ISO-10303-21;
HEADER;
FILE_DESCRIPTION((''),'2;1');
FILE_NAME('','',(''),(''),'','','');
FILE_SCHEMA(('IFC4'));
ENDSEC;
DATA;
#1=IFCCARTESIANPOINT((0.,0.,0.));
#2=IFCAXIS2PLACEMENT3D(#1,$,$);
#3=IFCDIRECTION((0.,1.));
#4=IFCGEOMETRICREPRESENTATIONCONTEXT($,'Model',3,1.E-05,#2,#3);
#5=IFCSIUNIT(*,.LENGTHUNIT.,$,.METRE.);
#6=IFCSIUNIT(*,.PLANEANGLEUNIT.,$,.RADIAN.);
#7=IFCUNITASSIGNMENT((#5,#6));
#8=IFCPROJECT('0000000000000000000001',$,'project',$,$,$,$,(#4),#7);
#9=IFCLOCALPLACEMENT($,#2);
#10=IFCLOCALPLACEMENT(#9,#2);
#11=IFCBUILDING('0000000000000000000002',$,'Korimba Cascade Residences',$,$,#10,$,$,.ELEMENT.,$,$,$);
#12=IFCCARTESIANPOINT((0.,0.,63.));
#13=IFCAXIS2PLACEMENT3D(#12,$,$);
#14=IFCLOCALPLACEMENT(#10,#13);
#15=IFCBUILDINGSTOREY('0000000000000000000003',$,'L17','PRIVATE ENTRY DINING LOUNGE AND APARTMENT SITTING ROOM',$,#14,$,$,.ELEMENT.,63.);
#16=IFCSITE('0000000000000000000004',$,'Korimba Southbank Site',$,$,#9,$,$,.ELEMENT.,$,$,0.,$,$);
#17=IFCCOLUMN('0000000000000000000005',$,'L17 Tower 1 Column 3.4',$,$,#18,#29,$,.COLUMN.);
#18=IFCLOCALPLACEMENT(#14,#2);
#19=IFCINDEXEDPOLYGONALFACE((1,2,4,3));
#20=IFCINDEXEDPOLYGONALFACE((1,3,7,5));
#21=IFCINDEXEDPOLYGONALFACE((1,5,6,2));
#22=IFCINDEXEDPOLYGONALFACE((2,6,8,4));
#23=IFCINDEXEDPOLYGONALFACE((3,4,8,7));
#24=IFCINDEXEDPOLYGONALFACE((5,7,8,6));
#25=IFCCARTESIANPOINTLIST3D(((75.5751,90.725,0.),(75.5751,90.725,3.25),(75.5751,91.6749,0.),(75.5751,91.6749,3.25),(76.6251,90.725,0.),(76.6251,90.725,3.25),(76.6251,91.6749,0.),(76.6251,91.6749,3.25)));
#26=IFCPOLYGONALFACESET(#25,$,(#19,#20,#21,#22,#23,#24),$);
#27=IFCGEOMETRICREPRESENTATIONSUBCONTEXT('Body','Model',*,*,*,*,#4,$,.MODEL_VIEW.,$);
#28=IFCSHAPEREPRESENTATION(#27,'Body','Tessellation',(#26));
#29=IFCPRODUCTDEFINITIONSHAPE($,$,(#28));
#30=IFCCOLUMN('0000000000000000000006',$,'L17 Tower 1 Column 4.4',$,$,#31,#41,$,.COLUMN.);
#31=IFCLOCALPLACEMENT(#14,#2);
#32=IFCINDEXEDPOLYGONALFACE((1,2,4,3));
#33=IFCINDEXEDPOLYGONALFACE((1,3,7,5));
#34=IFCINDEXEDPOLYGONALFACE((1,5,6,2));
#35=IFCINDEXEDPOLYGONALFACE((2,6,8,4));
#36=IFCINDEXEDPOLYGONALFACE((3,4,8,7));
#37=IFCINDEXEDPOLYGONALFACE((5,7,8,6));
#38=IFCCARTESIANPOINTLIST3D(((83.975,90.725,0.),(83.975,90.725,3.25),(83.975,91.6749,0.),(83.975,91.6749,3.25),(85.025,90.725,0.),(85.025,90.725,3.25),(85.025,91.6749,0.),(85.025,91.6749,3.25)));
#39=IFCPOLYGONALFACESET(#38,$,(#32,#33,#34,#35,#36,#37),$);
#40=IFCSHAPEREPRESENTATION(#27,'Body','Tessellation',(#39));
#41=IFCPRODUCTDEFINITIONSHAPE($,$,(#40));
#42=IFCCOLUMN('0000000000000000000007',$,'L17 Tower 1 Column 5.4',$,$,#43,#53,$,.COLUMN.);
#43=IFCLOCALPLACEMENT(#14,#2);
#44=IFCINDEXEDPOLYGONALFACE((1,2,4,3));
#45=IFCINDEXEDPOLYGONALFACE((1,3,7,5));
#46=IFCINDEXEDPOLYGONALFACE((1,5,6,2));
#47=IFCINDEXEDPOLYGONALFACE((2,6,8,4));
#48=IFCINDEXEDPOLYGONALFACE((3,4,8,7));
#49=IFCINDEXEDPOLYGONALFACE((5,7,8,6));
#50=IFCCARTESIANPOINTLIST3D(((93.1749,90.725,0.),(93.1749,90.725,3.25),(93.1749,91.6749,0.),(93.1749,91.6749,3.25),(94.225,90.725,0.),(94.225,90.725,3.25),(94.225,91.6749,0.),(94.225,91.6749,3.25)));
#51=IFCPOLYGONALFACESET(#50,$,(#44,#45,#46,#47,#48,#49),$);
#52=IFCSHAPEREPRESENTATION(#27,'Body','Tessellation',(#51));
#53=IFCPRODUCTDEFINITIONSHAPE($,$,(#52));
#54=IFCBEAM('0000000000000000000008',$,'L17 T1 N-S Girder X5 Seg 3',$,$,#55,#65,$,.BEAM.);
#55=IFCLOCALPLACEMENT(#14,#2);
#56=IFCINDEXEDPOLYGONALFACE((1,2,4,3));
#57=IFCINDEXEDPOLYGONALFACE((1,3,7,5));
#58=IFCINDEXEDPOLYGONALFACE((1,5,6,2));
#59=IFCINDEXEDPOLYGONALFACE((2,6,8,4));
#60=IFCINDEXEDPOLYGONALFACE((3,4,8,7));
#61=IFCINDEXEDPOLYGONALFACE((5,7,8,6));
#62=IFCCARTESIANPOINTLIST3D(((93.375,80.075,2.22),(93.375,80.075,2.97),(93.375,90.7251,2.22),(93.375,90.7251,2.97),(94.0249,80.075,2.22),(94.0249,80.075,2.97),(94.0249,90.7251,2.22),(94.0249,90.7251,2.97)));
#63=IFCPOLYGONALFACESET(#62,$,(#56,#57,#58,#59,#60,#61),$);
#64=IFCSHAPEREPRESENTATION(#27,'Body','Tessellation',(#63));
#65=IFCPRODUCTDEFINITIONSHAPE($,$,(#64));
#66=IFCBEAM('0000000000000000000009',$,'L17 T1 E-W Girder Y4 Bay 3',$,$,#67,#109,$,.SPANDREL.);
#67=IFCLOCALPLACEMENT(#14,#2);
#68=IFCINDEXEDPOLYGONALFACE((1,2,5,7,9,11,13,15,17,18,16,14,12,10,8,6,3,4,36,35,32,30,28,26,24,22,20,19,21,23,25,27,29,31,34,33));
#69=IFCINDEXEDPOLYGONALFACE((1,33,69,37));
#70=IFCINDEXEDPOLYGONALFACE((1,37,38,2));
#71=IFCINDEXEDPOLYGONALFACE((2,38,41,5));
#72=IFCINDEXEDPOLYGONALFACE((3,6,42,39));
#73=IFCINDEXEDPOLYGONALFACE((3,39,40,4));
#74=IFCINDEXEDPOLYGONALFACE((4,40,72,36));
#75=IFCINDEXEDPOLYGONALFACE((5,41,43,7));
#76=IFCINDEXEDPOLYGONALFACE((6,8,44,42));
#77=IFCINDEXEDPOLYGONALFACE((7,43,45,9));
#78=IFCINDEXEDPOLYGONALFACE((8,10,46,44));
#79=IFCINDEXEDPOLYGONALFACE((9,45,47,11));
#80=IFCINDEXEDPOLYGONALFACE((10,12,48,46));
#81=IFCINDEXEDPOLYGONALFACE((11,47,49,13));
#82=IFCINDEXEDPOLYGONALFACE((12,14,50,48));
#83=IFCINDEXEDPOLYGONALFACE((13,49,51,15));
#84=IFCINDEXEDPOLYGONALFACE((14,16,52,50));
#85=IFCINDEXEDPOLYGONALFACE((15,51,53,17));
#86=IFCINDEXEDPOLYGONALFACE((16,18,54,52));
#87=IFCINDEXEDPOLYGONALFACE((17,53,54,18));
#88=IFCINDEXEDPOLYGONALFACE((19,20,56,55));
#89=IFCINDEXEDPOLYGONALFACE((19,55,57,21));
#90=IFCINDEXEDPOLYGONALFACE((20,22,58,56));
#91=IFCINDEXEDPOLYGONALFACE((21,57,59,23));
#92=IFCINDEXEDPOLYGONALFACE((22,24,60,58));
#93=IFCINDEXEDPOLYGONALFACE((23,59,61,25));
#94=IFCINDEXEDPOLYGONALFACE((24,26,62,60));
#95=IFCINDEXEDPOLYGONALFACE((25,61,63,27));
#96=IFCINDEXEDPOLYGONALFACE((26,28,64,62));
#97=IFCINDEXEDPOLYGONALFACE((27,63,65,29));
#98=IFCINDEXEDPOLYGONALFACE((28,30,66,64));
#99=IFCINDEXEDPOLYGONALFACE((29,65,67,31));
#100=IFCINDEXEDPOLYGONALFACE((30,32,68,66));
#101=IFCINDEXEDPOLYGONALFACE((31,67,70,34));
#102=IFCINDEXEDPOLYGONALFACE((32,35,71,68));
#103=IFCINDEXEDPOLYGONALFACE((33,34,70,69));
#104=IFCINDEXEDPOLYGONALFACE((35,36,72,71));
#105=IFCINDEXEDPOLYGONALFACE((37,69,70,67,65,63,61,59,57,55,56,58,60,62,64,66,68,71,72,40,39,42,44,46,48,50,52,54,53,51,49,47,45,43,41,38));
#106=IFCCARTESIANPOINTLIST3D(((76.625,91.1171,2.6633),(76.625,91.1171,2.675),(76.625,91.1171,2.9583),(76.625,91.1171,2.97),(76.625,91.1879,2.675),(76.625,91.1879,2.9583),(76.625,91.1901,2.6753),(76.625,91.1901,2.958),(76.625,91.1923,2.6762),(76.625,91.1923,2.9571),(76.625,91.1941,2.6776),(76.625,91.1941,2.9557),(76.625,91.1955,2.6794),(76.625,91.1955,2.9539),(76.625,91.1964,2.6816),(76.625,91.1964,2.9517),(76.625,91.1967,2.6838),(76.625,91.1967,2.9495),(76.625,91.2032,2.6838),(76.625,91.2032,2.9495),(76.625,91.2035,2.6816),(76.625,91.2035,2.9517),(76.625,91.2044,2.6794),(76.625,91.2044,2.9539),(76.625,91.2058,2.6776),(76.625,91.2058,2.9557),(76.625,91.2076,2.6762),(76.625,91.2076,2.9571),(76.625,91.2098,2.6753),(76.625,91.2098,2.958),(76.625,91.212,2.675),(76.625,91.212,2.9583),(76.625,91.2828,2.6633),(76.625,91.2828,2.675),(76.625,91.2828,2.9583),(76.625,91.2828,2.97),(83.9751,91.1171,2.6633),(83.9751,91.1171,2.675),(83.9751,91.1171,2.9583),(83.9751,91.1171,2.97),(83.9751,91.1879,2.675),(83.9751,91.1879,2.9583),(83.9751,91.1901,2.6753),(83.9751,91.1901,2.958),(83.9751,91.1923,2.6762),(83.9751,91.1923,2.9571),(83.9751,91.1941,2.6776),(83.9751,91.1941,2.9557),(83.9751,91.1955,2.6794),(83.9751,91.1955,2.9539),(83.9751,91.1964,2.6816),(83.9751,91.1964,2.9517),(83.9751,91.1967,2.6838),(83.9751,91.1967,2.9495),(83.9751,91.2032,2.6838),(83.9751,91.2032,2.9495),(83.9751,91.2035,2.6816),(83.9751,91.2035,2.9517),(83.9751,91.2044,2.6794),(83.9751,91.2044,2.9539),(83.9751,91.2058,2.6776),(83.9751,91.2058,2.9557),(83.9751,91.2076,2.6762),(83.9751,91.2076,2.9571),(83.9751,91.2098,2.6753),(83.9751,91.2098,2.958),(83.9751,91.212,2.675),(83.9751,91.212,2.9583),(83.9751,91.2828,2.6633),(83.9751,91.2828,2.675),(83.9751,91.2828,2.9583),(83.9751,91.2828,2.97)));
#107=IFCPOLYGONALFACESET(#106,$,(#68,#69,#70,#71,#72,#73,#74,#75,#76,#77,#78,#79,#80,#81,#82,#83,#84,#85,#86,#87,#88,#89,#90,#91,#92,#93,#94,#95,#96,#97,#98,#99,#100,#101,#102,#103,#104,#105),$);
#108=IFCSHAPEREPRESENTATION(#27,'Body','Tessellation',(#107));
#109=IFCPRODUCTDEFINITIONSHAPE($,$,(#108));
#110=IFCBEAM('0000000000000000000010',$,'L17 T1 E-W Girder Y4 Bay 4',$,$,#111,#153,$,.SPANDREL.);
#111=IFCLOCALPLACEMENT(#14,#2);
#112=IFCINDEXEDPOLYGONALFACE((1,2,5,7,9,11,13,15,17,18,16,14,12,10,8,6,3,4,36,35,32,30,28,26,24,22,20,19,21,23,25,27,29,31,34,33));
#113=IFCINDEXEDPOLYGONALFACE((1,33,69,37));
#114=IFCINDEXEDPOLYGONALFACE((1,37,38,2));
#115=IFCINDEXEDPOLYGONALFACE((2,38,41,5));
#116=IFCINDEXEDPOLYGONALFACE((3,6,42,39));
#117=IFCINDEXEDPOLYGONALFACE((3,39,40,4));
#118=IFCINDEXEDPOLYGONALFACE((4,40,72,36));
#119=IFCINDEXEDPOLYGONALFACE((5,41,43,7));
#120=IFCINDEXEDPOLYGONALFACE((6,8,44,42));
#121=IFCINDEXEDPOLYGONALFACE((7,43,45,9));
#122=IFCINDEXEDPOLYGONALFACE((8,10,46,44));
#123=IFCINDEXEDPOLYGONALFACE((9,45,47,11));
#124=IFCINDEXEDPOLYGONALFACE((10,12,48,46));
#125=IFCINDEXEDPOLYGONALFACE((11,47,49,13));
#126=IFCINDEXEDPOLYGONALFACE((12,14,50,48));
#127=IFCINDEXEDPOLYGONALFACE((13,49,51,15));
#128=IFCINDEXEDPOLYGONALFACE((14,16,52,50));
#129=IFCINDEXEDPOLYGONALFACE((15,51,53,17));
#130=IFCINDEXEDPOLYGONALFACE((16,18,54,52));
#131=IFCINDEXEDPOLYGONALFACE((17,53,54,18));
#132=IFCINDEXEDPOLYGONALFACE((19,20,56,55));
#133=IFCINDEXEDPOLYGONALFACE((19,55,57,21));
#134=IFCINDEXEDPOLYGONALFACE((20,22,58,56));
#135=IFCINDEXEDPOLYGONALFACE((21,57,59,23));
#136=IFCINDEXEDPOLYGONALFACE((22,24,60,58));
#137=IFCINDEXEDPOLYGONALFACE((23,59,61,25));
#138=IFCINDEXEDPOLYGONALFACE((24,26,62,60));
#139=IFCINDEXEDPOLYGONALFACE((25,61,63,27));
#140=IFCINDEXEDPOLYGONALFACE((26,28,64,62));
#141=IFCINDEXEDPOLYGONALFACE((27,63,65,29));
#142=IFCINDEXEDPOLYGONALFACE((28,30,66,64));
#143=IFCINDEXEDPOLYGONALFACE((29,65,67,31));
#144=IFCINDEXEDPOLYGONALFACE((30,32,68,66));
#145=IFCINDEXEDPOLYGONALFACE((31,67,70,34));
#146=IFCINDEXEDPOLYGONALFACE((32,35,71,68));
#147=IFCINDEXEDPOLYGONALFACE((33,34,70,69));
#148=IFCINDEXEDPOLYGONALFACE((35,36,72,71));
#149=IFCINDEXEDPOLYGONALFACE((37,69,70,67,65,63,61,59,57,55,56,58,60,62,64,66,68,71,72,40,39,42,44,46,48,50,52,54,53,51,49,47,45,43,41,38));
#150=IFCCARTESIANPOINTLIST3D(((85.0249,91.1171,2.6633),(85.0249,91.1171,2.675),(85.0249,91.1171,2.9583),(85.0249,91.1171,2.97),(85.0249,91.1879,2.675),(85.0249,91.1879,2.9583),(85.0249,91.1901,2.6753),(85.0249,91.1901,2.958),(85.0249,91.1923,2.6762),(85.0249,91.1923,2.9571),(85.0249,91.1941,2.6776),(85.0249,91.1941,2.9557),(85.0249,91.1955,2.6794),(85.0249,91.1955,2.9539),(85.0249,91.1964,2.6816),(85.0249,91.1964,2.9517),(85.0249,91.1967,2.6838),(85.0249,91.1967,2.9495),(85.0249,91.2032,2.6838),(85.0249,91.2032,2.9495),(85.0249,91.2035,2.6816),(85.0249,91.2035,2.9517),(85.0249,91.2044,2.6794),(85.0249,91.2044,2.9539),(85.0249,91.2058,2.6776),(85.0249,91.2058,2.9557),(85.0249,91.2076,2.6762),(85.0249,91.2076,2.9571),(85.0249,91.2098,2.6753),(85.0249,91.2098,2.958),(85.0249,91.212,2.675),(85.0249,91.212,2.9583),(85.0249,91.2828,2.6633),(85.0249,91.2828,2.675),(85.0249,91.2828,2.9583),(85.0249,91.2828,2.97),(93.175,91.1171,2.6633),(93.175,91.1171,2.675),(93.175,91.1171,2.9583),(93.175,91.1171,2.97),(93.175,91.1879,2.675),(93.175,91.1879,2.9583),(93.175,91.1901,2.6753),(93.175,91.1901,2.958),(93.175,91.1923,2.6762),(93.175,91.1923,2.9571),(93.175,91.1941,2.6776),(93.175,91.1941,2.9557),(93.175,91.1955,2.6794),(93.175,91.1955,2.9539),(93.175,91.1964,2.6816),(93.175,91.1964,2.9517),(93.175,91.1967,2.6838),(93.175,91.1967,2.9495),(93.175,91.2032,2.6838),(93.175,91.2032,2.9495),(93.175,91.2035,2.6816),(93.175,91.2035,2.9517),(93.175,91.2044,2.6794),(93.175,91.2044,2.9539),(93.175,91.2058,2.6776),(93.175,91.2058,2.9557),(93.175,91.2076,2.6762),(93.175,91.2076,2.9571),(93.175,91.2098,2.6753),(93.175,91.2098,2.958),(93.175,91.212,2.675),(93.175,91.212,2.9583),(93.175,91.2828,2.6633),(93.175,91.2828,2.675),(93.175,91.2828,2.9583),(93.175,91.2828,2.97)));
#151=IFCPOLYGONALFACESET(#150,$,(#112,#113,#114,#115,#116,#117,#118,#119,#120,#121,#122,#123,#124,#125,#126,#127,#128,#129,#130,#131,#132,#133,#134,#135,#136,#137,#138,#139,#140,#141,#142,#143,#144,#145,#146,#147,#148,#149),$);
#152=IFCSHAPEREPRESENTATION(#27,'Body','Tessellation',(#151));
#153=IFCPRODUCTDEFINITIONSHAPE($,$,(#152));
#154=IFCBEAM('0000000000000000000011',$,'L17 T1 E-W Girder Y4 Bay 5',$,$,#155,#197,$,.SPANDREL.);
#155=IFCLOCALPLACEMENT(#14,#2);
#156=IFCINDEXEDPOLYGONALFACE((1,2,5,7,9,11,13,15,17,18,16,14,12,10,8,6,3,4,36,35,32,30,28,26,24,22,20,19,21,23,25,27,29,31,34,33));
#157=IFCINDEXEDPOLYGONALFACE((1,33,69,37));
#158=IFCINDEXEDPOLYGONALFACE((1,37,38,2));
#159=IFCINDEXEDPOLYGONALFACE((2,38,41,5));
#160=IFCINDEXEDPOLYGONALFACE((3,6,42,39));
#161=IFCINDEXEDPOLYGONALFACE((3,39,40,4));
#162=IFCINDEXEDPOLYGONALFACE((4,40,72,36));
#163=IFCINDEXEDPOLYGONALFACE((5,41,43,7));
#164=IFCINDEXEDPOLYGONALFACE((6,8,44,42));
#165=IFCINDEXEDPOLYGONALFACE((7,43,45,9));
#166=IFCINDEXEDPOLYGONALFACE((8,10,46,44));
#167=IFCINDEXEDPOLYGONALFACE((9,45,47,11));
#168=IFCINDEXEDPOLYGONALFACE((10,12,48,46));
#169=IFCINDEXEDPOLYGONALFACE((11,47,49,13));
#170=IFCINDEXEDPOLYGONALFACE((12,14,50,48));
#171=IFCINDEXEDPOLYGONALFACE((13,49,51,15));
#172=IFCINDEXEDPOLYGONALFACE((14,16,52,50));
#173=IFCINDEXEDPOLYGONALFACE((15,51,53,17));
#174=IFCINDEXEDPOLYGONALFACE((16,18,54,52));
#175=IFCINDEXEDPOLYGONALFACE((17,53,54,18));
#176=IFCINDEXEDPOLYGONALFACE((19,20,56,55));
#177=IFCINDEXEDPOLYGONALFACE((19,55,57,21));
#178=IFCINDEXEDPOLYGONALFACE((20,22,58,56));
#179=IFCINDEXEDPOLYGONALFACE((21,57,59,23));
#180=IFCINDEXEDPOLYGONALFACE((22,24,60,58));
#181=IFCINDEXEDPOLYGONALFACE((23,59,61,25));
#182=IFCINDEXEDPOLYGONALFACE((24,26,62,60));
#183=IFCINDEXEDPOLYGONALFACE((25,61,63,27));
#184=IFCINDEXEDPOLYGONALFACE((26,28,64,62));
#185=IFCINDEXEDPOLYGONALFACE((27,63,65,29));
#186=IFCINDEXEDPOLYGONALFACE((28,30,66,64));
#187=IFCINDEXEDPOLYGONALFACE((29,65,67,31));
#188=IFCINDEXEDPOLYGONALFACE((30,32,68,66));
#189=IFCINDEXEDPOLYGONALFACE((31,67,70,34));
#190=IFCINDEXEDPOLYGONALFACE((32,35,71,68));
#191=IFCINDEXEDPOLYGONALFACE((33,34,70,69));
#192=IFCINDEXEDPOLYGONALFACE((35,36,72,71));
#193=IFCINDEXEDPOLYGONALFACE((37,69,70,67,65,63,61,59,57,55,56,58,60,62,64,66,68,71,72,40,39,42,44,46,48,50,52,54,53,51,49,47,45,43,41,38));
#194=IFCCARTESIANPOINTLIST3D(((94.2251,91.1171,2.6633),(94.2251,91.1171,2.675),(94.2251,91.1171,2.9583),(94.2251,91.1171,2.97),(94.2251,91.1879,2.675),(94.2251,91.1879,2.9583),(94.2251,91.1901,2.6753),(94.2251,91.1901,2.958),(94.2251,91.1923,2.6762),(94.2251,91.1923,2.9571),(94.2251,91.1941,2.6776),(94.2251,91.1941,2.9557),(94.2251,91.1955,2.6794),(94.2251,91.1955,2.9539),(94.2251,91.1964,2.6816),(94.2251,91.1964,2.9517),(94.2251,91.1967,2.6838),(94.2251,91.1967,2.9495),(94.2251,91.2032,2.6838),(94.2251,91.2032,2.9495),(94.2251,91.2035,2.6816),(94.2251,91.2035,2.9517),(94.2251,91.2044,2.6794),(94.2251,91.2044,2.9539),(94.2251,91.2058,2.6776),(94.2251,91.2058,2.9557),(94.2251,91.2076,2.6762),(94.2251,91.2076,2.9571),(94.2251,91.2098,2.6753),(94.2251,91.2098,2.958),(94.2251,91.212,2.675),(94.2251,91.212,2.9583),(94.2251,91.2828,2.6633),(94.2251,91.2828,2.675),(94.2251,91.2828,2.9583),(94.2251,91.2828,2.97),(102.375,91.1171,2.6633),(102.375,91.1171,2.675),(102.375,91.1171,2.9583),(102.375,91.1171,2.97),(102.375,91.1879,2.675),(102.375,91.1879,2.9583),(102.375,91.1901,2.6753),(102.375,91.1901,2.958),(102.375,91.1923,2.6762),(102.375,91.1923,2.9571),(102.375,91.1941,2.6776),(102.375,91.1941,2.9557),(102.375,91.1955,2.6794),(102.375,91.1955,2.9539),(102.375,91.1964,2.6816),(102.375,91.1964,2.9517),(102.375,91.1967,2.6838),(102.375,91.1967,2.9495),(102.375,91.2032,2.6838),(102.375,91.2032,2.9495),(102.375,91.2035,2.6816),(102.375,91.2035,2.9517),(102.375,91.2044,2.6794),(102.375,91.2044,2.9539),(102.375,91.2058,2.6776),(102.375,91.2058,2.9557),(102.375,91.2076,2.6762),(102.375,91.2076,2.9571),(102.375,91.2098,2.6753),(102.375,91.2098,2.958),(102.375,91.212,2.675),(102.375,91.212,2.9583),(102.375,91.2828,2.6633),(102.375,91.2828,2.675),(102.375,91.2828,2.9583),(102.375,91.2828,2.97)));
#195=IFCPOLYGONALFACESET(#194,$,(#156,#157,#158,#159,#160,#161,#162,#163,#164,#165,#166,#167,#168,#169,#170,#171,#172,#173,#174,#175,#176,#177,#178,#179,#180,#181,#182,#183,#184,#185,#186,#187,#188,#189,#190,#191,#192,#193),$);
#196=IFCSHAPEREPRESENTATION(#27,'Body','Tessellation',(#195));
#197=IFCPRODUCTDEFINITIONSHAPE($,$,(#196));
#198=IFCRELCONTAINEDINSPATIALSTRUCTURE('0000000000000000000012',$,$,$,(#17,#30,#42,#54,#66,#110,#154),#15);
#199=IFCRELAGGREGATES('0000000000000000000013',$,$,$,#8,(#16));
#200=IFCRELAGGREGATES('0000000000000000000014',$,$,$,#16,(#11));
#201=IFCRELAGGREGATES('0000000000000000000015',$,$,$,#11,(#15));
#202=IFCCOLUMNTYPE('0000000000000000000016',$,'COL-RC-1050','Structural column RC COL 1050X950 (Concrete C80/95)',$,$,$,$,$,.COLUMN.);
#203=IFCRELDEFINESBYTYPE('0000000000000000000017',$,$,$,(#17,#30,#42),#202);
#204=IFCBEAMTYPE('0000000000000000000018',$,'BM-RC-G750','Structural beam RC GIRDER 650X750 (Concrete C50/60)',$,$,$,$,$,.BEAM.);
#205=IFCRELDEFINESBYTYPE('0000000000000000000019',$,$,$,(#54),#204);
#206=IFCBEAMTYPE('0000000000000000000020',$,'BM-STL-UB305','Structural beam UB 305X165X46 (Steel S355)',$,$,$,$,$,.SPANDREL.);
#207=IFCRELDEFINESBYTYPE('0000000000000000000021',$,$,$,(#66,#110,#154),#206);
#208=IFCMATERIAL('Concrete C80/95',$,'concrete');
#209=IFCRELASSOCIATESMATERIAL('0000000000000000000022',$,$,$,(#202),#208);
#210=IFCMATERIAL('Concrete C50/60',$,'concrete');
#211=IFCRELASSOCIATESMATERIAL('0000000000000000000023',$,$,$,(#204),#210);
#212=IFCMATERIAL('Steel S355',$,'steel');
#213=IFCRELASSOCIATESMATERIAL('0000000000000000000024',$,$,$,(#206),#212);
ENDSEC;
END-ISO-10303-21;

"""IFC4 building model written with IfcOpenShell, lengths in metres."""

from ifc_helpers import new_model, si_unit, direction, frame, origin, origin_2d, place, context, subcontext, project, spatial, rectangle, i_section, extrude, material, material_profile, profile_set, type_object, element, save


model = new_model("IFC4")

# Units and contexts
model_context = context("Model", 3, precision=1e-05, world=origin(), true_north=direction((0.0, 1.0)))
body_context = subcontext(model_context, "Body", "Model", "MODEL_VIEW")
ifc_project = project(units=[si_unit("LENGTHUNIT", "METRE"), si_unit("PLANEANGLEUNIT", "RADIAN")], contexts=[model_context])

# Site, building, storey
site_placement = place(None, origin())
site = spatial("IfcSite", under=ifc_project, at=site_placement, Name="Korimba Southbank Site", CompositionType="ELEMENT", RefElevation=0.0)
building_placement = place(site_placement, origin())
building = spatial("IfcBuilding", under=site, at=building_placement, Name="Korimba Cascade Residences", CompositionType="ELEMENT")
storey_placement = place(building_placement, frame((0.0, 0.0, 63.0)))
storey = spatial("IfcBuildingStorey", under=building, at=storey_placement, Name="L17", Description="PRIVATE ENTRY DINING LOUNGE AND APARTMENT SITTING ROOM", CompositionType="ELEMENT", Elevation=63.0)

# Columns
ifc_material_1 = material(Name="Concrete C80/95", Category="concrete")
ifc_material_profile_1 = material_profile(ifc_material_1, rectangle(XDim=1.05, YDim=0.95, at=origin_2d()), Name="Concrete C80/95")
ifc_profile_set_1 = profile_set([ifc_material_profile_1], Name="Concrete C80/95")
column_type = type_object("IfcColumnType", Name="COL-RC-1050", Description="Structural column RC COL 1050X950 (Concrete C80/95)", PredefinedType="COLUMN", material=ifc_profile_set_1)
for number, where, z_axis, x_axis, name in (
    (1, (76.1001, 91.2, 0.0), (0.0, 0.0, 1.0), (1.0, 0.0, 0.0), "L17 Tower 1 Column 3.4"),
    (2, (84.5, 91.2, 0.0), (0.0, 0.0, 1.0), (1.0, 0.0, 0.0), "L17 Tower 1 Column 4.4"),
    (3, (93.7, 91.2, 0.0), (0.0, 0.0, 1.0), (1.0, 0.0, 0.0), "L17 Tower 1 Column 5.4"),
):
    element("IfcColumn", number, at=place(storey_placement, frame(where, z_axis=z_axis, x_axis=x_axis)), inside=storey, type_object=column_type, Name=name, PredefinedType="COLUMN", context=body_context, shape_type="SweptSolid", body=[
        extrude(rectangle(XDim=1.05, YDim=0.95, at=origin_2d()), origin(), (0.0, 0.0, 1.0), 3.25),
    ])

# Beams
ifc_material_2 = material(Name="Concrete C50/60", Category="concrete")
ifc_material_profile_2 = material_profile(ifc_material_2, rectangle(XDim=0.6499, YDim=0.75, at=origin_2d()), Name="Concrete C50/60")
ifc_profile_set_2 = profile_set([ifc_material_profile_2], Name="Concrete C50/60")
beam_type_1 = type_object("IfcBeamType", Name="BM-RC-G750", Description="Structural beam RC GIRDER 650X750 (Concrete C50/60)", PredefinedType="BEAM", material=ifc_profile_set_2)
beam_1_placement = place(storey_placement, frame((93.7, 80.075, 2.595), z_axis=(0.0, 1.0, 0.0), x_axis=(-1.0, 0.0, 0.0)))
element("IfcBeam", 4, at=beam_1_placement, inside=storey, type_object=beam_type_1, Name="L17 T1 N-S Girder X5 Seg 3", PredefinedType="BEAM", context=body_context, shape_type="SweptSolid", body=[
    extrude(rectangle(XDim=0.6499, YDim=0.75, at=origin_2d()), origin(), (0.0, 0.0, 1.0), 10.6501),
])
ifc_material_3 = material(Name="Steel S355", Category="steel")
ifc_material_profile_3 = material_profile(ifc_material_3, i_section(OverallWidth=0.1658, OverallDepth=0.3066, WebThickness=0.0066, FlangeThickness=0.0117, FilletRadius=0.0088, at=origin_2d()), Name="Steel S355")
ifc_profile_set_3 = profile_set([ifc_material_profile_3], Name="Steel S355")
beam_type_2 = type_object("IfcBeamType", Name="BM-STL-UB305", Description="Structural beam UB 305X165X46 (Steel S355)", PredefinedType="SPANDREL", material=ifc_profile_set_3)
beam_2_placement = place(storey_placement, frame((76.625, 91.2, 2.8167), z_axis=(1.0, 0.0, 0.0), x_axis=(0.0, 1.0, 0.0)))
element("IfcBeam", 5, at=beam_2_placement, inside=storey, type_object=beam_type_2, Name="L17 T1 E-W Girder Y4 Bay 3", PredefinedType="SPANDREL", context=body_context, shape_type="SweptSolid", body=[
    extrude(i_section(OverallWidth=0.1658, OverallDepth=0.3066, WebThickness=0.0066, FlangeThickness=0.0117, FilletRadius=0.0088, at=origin_2d()), origin(), (0.0, 0.0, 1.0), 7.3501),
])
beam_3_placement = place(storey_placement, frame((85.0249, 91.2, 2.8167), z_axis=(1.0, 0.0, 0.0), x_axis=(0.0, 1.0, 0.0)))
element("IfcBeam", 6, at=beam_3_placement, inside=storey, type_object=beam_type_2, Name="L17 T1 E-W Girder Y4 Bay 4", PredefinedType="SPANDREL", context=body_context, shape_type="SweptSolid", body=[
    extrude(i_section(OverallWidth=0.1658, OverallDepth=0.3066, WebThickness=0.0066, FlangeThickness=0.0117, FilletRadius=0.0088, at=origin_2d()), origin(), (0.0, 0.0, 1.0), 8.1501),
])
beam_4_placement = place(storey_placement, frame((94.2251, 91.2, 2.8167), z_axis=(1.0, 0.0, 0.0), x_axis=(0.0, 1.0, 0.0)))
element("IfcBeam", 7, at=beam_4_placement, inside=storey, type_object=beam_type_2, Name="L17 T1 E-W Girder Y4 Bay 5", PredefinedType="SPANDREL", context=body_context, shape_type="SweptSolid", body=[
    extrude(i_section(OverallWidth=0.1658, OverallDepth=0.3066, WebThickness=0.0066, FlangeThickness=0.0117, FilletRadius=0.0088, at=origin_2d()), origin(), (0.0, 0.0, 1.0), 8.1499),
])

save(model, "model.ifc")
